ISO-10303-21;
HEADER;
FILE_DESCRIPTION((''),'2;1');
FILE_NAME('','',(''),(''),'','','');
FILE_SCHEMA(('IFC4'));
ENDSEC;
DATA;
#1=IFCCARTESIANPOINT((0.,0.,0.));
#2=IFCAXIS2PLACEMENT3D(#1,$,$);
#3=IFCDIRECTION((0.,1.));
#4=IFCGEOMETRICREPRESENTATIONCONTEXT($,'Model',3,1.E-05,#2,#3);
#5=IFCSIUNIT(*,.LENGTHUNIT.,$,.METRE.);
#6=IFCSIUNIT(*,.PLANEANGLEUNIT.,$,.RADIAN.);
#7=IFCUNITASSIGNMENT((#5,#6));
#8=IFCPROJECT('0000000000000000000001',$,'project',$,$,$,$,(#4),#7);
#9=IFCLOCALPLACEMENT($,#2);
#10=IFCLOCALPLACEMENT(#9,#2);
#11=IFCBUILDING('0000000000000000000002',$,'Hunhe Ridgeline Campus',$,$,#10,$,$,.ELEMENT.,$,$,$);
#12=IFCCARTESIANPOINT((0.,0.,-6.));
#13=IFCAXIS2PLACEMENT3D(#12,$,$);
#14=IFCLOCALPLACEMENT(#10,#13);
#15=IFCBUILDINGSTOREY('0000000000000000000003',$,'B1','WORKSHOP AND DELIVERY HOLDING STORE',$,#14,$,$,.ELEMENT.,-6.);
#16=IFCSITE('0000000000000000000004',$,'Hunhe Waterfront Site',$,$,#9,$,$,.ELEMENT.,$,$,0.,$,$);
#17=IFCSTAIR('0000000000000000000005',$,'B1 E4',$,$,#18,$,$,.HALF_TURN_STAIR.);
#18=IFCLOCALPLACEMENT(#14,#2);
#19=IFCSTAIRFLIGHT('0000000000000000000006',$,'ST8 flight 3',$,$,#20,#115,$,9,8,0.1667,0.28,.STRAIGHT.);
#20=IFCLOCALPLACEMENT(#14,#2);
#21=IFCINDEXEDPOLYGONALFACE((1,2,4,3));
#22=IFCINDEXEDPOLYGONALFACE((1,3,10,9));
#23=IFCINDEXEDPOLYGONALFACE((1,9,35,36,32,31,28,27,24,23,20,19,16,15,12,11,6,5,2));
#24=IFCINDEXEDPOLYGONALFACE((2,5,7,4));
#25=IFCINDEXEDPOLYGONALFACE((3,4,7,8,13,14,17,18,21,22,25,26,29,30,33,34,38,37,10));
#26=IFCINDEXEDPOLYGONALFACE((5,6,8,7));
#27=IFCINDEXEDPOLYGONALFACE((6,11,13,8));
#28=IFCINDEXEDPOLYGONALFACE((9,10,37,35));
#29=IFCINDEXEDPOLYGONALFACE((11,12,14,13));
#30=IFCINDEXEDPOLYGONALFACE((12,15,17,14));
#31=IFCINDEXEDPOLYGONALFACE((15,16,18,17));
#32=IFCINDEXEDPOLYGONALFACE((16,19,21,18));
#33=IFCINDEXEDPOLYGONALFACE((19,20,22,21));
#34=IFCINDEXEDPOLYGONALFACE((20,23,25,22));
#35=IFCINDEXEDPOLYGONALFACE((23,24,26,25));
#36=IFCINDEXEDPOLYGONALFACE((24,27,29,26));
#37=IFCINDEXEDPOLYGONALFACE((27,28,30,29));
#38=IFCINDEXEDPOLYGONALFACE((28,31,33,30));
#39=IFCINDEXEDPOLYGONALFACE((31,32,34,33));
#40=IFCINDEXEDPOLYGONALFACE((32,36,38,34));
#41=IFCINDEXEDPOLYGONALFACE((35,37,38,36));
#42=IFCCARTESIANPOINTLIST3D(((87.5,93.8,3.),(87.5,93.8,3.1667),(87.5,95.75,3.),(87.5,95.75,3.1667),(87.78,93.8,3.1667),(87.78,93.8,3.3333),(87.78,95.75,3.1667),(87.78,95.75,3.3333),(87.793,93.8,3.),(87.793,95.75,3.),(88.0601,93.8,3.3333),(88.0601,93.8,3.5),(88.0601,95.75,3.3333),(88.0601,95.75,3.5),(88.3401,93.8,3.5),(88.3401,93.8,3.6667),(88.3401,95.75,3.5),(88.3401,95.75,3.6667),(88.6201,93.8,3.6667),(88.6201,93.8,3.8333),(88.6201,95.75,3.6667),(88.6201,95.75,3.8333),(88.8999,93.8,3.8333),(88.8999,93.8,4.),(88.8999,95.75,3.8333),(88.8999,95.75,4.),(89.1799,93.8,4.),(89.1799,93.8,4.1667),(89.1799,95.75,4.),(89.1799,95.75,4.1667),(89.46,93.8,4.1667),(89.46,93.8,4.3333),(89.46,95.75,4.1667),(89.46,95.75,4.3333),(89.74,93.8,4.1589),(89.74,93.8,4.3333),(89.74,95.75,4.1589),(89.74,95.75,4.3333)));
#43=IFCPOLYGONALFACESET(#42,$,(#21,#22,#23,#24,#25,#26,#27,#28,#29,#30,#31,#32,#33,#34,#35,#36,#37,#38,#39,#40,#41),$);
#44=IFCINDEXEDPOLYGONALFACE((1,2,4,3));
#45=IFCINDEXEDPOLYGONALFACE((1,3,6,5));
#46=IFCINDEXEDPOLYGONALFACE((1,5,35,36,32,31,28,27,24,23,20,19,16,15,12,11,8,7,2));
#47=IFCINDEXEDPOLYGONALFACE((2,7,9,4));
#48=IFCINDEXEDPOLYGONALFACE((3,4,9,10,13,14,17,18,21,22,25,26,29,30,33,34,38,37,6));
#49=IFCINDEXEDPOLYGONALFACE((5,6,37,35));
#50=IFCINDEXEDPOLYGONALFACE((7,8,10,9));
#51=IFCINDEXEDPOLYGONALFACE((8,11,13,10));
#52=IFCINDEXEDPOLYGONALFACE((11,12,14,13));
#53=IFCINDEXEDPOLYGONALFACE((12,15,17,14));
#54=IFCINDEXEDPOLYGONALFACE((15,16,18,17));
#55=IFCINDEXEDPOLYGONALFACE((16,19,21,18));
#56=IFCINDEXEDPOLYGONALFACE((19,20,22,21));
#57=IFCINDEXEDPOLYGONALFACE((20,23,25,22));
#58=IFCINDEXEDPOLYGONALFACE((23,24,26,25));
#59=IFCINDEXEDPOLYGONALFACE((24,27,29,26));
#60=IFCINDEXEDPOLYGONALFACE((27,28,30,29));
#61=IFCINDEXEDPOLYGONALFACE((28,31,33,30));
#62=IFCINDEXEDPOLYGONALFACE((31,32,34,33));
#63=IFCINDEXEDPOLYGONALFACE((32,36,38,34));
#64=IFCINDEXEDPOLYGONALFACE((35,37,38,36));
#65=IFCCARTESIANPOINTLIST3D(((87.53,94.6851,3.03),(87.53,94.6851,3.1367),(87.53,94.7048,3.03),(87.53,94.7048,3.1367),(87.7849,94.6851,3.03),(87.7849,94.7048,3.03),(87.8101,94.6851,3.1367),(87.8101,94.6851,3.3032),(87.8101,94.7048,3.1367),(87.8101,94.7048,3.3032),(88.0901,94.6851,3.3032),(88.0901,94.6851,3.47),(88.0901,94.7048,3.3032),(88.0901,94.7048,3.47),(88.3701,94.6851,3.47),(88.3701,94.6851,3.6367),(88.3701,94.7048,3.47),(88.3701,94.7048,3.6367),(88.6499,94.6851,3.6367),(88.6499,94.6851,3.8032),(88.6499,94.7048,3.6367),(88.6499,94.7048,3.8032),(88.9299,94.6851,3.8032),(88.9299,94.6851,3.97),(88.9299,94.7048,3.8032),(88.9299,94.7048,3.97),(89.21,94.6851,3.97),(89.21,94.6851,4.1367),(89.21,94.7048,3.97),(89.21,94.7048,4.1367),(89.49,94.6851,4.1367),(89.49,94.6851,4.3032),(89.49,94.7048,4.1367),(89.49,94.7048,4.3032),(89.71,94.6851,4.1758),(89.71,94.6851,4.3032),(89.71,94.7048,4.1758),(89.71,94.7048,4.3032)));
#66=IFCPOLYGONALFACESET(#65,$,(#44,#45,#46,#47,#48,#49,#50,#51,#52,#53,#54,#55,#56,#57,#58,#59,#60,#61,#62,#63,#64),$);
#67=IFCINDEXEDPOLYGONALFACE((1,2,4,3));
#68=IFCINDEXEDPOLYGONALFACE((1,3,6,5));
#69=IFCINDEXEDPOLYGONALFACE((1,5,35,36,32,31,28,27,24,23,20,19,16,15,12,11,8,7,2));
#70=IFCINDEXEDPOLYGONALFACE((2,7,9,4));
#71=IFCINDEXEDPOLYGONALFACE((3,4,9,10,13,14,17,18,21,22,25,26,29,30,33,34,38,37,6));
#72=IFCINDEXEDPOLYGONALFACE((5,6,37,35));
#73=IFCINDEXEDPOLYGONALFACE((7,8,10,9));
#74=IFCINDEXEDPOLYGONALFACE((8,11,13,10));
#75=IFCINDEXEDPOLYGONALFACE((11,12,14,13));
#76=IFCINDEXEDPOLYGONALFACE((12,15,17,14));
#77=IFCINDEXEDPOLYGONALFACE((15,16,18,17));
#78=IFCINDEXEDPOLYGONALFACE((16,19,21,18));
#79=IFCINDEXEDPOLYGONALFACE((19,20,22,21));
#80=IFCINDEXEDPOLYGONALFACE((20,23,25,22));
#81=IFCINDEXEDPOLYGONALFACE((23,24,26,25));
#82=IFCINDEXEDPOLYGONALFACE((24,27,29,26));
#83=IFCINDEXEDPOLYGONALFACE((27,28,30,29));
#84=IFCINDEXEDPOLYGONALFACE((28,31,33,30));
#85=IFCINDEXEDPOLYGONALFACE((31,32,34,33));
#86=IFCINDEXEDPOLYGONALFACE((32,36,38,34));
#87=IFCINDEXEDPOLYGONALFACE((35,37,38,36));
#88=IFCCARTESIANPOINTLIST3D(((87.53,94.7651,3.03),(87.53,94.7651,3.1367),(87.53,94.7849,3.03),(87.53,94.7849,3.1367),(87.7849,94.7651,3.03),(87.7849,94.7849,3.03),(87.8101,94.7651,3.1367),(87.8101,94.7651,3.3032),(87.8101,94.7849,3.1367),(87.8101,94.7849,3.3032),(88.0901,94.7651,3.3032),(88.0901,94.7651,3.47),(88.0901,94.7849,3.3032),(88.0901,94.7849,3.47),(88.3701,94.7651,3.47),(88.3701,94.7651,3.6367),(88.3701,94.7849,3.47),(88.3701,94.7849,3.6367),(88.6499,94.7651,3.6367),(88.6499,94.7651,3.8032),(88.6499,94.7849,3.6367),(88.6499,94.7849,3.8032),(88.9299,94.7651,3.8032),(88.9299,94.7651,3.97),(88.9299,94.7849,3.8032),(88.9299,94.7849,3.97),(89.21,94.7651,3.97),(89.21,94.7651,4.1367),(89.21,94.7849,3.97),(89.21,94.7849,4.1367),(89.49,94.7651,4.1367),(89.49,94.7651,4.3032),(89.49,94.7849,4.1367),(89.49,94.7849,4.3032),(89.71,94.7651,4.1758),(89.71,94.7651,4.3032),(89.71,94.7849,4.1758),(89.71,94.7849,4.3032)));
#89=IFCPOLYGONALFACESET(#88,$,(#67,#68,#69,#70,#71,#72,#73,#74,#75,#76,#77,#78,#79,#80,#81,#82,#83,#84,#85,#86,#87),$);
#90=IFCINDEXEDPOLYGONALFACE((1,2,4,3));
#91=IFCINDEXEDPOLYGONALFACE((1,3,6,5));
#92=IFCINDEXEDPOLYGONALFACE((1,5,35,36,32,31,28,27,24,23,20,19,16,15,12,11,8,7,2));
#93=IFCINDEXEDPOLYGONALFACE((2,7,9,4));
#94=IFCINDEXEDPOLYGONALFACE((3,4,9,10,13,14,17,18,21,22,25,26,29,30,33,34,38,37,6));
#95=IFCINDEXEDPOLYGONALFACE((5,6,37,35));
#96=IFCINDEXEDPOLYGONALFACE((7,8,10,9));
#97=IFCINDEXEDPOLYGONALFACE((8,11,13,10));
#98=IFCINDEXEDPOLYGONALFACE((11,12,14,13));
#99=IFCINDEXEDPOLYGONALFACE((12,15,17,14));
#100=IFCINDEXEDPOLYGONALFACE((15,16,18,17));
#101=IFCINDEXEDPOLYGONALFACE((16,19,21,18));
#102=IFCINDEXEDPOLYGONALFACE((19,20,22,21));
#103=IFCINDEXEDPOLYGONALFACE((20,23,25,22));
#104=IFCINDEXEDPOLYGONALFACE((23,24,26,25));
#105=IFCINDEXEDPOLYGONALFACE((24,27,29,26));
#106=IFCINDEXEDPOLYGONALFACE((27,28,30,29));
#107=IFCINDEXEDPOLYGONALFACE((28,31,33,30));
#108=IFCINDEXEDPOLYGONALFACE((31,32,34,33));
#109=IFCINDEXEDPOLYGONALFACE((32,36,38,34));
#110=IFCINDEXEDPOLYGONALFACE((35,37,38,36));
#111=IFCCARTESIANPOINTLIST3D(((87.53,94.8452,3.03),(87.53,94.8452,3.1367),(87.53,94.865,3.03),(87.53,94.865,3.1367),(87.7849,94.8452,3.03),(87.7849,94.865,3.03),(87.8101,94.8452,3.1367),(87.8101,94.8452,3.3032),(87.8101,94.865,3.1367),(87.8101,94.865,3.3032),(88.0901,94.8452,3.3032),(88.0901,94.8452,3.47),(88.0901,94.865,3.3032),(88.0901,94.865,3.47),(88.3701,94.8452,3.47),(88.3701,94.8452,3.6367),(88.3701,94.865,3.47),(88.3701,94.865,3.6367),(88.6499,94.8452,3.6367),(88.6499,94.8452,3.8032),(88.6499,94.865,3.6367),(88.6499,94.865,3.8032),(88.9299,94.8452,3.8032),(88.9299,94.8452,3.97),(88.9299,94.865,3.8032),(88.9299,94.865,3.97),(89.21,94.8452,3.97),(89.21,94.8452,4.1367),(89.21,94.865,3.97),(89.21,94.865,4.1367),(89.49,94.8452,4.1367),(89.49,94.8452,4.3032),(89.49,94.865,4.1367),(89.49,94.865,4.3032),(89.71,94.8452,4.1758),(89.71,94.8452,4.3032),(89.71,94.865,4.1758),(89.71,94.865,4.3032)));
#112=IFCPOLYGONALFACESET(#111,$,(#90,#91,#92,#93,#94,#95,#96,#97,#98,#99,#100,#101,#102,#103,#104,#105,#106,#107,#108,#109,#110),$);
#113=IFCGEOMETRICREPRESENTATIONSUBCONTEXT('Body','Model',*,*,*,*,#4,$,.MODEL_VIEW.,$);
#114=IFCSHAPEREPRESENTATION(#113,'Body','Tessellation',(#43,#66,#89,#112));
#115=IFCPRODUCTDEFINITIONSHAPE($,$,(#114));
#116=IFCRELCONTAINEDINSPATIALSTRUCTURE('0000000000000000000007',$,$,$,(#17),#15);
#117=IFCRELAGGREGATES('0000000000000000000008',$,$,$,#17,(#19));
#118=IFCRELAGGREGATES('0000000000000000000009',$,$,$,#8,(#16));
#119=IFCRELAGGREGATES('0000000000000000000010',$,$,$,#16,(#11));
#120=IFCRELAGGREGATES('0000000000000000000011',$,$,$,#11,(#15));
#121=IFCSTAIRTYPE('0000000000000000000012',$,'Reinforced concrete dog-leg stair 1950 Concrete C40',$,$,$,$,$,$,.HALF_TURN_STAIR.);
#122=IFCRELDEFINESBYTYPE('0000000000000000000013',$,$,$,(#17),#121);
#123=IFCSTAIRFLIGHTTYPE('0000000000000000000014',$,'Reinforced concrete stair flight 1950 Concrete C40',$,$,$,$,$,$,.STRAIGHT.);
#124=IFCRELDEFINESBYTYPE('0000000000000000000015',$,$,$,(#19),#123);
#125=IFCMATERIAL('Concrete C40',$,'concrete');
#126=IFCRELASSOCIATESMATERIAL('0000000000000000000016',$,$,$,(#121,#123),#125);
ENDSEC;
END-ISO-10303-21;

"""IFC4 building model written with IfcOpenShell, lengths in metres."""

from ifc_helpers import new_model, si_unit, direction, frame, origin, place, context, subcontext, project, spatial, polyline, outline, extrude, material, type_object, element, aggregate, save


model = new_model("IFC4")

# Units and contexts
model_context = context("Model", 3, precision=1e-05, world=origin(), true_north=direction((0.0, 1.0)))
body_context = subcontext(model_context, "Body", "Model", "MODEL_VIEW")
ifc_project = project(units=[si_unit("LENGTHUNIT", "METRE"), si_unit("PLANEANGLEUNIT", "RADIAN")], contexts=[model_context])

# Site, building, storey
site_placement = place(None, origin())
site = spatial("IfcSite", under=ifc_project, at=site_placement, Name="Hunhe Waterfront Site", CompositionType="ELEMENT", RefElevation=0.0)
building_placement = place(site_placement, origin())
building = spatial("IfcBuilding", under=site, at=building_placement, Name="Hunhe Ridgeline Campus", CompositionType="ELEMENT")
storey_placement = place(building_placement, frame((0.0, 0.0, -6.0)))
storey = spatial("IfcBuildingStorey", under=building, at=storey_placement, Name="B1", Description="WORKSHOP AND DELIVERY HOLDING STORE", CompositionType="ELEMENT", Elevation=-6.0)

# Shared definitions
ifc_material_1 = material(Name="Concrete C40", Category="concrete")
stair_type = type_object("IfcStairType", Name="Reinforced concrete dog-leg stair 1950 Concrete C40", PredefinedType="HALF_TURN_STAIR", material=ifc_material_1)
stair_flight_type = type_object("IfcStairFlightType", Name="Reinforced concrete stair flight 1950 Concrete C40", PredefinedType="STRAIGHT", material=ifc_material_1)

# Stair, stair flight
stair_1_placement = place(storey_placement, origin())
stair_1 = element("IfcStair", 1, at=stair_1_placement, inside=storey, type_object=stair_type, Name="B1 E4", PredefinedType="HALF_TURN_STAIR")
stair_flight_1_placement = place(storey_placement, frame((87.5, 94.7749, 3.0), z_axis=(0.0, 0.0, 1.0), x_axis=(1.0, 0.0, 0.0)))
stair_flight_1 = element("IfcStairFlight", 2, at=stair_flight_1_placement, type_object=stair_flight_type, Name="ST8 flight 3", NumberOfRisers=9, NumberOfTreads=8, PredefinedType="STRAIGHT", RiserHeight=0.1667, TreadLength=0.28, context=body_context, shape_type="SweptSolid", body=[
    extrude(outline(polyline([(0.0, 0.0), (0.0, 0.1667), (0.28, 0.1667), (0.28, 0.3333), (0.5601, 0.3333), (0.5601, 0.5), (0.8401, 0.5), (0.8401, 0.6667), (1.1201, 0.6667), (1.1201, 0.8333), (1.3999, 0.8333), (1.3999, 1.0), (1.6799, 1.0), (1.6799, 1.1667), (1.96, 1.1667), (1.96, 1.3333), (2.24, 1.3333), (2.24, 1.5), (2.24, 1.1589), (0.293, 0.0), (0.0, 0.0)])), frame((0.0, 0.9751, 0.0), z_axis=(0.0, -1.0, 0.0), x_axis=(1.0, 0.0, 0.0)), (0.0, 0.0, 1.0), 1.95),
    extrude(outline(polyline([(0.03, 0.03), (0.03, 0.1367), (0.3101, 0.1367), (0.3101, 0.3032), (0.5901, 0.3032), (0.5901, 0.47), (0.8701, 0.47), (0.8701, 0.6367), (1.1499, 0.6367), (1.1499, 0.8032), (1.4299, 0.8032), (1.4299, 0.97), (1.71, 0.97), (1.71, 1.1367), (1.99, 1.1367), (1.99, 1.3032), (2.21, 1.3032), (2.21, 1.1758), (0.2849, 0.03), (0.03, 0.03)])), frame((0.0, -0.0701, 0.0), z_axis=(0.0, -1.0, 0.0), x_axis=(1.0, 0.0, 0.0)), (0.0, 0.0, 1.0), 0.0198),
    extrude(outline(polyline([(0.03, 0.03), (0.03, 0.1367), (0.3101, 0.1367), (0.3101, 0.3032), (0.5901, 0.3032), (0.5901, 0.47), (0.8701, 0.47), (0.8701, 0.6367), (1.1499, 0.6367), (1.1499, 0.8032), (1.4299, 0.8032), (1.4299, 0.97), (1.71, 0.97), (1.71, 1.1367), (1.99, 1.1367), (1.99, 1.3032), (2.21, 1.3032), (2.21, 1.1758), (0.2849, 0.03), (0.03, 0.03)])), frame((0.0, 0.01, 0.0), z_axis=(0.0, -1.0, 0.0), x_axis=(1.0, 0.0, 0.0)), (0.0, 0.0, 1.0), 0.0198),
    extrude(outline(polyline([(0.03, 0.03), (0.03, 0.1367), (0.3101, 0.1367), (0.3101, 0.3032), (0.5901, 0.3032), (0.5901, 0.47), (0.8701, 0.47), (0.8701, 0.6367), (1.1499, 0.6367), (1.1499, 0.8032), (1.4299, 0.8032), (1.4299, 0.97), (1.71, 0.97), (1.71, 1.1367), (1.99, 1.1367), (1.99, 1.3032), (2.21, 1.3032), (2.21, 1.1758), (0.2849, 0.03), (0.03, 0.03)])), frame((0.0, 0.0901, 0.0), z_axis=(0.0, -1.0, 0.0), x_axis=(1.0, 0.0, 0.0)), (0.0, 0.0, 1.0), 0.0198),
])
aggregate(stair_1, [stair_flight_1])

save(model, "model.ifc")
